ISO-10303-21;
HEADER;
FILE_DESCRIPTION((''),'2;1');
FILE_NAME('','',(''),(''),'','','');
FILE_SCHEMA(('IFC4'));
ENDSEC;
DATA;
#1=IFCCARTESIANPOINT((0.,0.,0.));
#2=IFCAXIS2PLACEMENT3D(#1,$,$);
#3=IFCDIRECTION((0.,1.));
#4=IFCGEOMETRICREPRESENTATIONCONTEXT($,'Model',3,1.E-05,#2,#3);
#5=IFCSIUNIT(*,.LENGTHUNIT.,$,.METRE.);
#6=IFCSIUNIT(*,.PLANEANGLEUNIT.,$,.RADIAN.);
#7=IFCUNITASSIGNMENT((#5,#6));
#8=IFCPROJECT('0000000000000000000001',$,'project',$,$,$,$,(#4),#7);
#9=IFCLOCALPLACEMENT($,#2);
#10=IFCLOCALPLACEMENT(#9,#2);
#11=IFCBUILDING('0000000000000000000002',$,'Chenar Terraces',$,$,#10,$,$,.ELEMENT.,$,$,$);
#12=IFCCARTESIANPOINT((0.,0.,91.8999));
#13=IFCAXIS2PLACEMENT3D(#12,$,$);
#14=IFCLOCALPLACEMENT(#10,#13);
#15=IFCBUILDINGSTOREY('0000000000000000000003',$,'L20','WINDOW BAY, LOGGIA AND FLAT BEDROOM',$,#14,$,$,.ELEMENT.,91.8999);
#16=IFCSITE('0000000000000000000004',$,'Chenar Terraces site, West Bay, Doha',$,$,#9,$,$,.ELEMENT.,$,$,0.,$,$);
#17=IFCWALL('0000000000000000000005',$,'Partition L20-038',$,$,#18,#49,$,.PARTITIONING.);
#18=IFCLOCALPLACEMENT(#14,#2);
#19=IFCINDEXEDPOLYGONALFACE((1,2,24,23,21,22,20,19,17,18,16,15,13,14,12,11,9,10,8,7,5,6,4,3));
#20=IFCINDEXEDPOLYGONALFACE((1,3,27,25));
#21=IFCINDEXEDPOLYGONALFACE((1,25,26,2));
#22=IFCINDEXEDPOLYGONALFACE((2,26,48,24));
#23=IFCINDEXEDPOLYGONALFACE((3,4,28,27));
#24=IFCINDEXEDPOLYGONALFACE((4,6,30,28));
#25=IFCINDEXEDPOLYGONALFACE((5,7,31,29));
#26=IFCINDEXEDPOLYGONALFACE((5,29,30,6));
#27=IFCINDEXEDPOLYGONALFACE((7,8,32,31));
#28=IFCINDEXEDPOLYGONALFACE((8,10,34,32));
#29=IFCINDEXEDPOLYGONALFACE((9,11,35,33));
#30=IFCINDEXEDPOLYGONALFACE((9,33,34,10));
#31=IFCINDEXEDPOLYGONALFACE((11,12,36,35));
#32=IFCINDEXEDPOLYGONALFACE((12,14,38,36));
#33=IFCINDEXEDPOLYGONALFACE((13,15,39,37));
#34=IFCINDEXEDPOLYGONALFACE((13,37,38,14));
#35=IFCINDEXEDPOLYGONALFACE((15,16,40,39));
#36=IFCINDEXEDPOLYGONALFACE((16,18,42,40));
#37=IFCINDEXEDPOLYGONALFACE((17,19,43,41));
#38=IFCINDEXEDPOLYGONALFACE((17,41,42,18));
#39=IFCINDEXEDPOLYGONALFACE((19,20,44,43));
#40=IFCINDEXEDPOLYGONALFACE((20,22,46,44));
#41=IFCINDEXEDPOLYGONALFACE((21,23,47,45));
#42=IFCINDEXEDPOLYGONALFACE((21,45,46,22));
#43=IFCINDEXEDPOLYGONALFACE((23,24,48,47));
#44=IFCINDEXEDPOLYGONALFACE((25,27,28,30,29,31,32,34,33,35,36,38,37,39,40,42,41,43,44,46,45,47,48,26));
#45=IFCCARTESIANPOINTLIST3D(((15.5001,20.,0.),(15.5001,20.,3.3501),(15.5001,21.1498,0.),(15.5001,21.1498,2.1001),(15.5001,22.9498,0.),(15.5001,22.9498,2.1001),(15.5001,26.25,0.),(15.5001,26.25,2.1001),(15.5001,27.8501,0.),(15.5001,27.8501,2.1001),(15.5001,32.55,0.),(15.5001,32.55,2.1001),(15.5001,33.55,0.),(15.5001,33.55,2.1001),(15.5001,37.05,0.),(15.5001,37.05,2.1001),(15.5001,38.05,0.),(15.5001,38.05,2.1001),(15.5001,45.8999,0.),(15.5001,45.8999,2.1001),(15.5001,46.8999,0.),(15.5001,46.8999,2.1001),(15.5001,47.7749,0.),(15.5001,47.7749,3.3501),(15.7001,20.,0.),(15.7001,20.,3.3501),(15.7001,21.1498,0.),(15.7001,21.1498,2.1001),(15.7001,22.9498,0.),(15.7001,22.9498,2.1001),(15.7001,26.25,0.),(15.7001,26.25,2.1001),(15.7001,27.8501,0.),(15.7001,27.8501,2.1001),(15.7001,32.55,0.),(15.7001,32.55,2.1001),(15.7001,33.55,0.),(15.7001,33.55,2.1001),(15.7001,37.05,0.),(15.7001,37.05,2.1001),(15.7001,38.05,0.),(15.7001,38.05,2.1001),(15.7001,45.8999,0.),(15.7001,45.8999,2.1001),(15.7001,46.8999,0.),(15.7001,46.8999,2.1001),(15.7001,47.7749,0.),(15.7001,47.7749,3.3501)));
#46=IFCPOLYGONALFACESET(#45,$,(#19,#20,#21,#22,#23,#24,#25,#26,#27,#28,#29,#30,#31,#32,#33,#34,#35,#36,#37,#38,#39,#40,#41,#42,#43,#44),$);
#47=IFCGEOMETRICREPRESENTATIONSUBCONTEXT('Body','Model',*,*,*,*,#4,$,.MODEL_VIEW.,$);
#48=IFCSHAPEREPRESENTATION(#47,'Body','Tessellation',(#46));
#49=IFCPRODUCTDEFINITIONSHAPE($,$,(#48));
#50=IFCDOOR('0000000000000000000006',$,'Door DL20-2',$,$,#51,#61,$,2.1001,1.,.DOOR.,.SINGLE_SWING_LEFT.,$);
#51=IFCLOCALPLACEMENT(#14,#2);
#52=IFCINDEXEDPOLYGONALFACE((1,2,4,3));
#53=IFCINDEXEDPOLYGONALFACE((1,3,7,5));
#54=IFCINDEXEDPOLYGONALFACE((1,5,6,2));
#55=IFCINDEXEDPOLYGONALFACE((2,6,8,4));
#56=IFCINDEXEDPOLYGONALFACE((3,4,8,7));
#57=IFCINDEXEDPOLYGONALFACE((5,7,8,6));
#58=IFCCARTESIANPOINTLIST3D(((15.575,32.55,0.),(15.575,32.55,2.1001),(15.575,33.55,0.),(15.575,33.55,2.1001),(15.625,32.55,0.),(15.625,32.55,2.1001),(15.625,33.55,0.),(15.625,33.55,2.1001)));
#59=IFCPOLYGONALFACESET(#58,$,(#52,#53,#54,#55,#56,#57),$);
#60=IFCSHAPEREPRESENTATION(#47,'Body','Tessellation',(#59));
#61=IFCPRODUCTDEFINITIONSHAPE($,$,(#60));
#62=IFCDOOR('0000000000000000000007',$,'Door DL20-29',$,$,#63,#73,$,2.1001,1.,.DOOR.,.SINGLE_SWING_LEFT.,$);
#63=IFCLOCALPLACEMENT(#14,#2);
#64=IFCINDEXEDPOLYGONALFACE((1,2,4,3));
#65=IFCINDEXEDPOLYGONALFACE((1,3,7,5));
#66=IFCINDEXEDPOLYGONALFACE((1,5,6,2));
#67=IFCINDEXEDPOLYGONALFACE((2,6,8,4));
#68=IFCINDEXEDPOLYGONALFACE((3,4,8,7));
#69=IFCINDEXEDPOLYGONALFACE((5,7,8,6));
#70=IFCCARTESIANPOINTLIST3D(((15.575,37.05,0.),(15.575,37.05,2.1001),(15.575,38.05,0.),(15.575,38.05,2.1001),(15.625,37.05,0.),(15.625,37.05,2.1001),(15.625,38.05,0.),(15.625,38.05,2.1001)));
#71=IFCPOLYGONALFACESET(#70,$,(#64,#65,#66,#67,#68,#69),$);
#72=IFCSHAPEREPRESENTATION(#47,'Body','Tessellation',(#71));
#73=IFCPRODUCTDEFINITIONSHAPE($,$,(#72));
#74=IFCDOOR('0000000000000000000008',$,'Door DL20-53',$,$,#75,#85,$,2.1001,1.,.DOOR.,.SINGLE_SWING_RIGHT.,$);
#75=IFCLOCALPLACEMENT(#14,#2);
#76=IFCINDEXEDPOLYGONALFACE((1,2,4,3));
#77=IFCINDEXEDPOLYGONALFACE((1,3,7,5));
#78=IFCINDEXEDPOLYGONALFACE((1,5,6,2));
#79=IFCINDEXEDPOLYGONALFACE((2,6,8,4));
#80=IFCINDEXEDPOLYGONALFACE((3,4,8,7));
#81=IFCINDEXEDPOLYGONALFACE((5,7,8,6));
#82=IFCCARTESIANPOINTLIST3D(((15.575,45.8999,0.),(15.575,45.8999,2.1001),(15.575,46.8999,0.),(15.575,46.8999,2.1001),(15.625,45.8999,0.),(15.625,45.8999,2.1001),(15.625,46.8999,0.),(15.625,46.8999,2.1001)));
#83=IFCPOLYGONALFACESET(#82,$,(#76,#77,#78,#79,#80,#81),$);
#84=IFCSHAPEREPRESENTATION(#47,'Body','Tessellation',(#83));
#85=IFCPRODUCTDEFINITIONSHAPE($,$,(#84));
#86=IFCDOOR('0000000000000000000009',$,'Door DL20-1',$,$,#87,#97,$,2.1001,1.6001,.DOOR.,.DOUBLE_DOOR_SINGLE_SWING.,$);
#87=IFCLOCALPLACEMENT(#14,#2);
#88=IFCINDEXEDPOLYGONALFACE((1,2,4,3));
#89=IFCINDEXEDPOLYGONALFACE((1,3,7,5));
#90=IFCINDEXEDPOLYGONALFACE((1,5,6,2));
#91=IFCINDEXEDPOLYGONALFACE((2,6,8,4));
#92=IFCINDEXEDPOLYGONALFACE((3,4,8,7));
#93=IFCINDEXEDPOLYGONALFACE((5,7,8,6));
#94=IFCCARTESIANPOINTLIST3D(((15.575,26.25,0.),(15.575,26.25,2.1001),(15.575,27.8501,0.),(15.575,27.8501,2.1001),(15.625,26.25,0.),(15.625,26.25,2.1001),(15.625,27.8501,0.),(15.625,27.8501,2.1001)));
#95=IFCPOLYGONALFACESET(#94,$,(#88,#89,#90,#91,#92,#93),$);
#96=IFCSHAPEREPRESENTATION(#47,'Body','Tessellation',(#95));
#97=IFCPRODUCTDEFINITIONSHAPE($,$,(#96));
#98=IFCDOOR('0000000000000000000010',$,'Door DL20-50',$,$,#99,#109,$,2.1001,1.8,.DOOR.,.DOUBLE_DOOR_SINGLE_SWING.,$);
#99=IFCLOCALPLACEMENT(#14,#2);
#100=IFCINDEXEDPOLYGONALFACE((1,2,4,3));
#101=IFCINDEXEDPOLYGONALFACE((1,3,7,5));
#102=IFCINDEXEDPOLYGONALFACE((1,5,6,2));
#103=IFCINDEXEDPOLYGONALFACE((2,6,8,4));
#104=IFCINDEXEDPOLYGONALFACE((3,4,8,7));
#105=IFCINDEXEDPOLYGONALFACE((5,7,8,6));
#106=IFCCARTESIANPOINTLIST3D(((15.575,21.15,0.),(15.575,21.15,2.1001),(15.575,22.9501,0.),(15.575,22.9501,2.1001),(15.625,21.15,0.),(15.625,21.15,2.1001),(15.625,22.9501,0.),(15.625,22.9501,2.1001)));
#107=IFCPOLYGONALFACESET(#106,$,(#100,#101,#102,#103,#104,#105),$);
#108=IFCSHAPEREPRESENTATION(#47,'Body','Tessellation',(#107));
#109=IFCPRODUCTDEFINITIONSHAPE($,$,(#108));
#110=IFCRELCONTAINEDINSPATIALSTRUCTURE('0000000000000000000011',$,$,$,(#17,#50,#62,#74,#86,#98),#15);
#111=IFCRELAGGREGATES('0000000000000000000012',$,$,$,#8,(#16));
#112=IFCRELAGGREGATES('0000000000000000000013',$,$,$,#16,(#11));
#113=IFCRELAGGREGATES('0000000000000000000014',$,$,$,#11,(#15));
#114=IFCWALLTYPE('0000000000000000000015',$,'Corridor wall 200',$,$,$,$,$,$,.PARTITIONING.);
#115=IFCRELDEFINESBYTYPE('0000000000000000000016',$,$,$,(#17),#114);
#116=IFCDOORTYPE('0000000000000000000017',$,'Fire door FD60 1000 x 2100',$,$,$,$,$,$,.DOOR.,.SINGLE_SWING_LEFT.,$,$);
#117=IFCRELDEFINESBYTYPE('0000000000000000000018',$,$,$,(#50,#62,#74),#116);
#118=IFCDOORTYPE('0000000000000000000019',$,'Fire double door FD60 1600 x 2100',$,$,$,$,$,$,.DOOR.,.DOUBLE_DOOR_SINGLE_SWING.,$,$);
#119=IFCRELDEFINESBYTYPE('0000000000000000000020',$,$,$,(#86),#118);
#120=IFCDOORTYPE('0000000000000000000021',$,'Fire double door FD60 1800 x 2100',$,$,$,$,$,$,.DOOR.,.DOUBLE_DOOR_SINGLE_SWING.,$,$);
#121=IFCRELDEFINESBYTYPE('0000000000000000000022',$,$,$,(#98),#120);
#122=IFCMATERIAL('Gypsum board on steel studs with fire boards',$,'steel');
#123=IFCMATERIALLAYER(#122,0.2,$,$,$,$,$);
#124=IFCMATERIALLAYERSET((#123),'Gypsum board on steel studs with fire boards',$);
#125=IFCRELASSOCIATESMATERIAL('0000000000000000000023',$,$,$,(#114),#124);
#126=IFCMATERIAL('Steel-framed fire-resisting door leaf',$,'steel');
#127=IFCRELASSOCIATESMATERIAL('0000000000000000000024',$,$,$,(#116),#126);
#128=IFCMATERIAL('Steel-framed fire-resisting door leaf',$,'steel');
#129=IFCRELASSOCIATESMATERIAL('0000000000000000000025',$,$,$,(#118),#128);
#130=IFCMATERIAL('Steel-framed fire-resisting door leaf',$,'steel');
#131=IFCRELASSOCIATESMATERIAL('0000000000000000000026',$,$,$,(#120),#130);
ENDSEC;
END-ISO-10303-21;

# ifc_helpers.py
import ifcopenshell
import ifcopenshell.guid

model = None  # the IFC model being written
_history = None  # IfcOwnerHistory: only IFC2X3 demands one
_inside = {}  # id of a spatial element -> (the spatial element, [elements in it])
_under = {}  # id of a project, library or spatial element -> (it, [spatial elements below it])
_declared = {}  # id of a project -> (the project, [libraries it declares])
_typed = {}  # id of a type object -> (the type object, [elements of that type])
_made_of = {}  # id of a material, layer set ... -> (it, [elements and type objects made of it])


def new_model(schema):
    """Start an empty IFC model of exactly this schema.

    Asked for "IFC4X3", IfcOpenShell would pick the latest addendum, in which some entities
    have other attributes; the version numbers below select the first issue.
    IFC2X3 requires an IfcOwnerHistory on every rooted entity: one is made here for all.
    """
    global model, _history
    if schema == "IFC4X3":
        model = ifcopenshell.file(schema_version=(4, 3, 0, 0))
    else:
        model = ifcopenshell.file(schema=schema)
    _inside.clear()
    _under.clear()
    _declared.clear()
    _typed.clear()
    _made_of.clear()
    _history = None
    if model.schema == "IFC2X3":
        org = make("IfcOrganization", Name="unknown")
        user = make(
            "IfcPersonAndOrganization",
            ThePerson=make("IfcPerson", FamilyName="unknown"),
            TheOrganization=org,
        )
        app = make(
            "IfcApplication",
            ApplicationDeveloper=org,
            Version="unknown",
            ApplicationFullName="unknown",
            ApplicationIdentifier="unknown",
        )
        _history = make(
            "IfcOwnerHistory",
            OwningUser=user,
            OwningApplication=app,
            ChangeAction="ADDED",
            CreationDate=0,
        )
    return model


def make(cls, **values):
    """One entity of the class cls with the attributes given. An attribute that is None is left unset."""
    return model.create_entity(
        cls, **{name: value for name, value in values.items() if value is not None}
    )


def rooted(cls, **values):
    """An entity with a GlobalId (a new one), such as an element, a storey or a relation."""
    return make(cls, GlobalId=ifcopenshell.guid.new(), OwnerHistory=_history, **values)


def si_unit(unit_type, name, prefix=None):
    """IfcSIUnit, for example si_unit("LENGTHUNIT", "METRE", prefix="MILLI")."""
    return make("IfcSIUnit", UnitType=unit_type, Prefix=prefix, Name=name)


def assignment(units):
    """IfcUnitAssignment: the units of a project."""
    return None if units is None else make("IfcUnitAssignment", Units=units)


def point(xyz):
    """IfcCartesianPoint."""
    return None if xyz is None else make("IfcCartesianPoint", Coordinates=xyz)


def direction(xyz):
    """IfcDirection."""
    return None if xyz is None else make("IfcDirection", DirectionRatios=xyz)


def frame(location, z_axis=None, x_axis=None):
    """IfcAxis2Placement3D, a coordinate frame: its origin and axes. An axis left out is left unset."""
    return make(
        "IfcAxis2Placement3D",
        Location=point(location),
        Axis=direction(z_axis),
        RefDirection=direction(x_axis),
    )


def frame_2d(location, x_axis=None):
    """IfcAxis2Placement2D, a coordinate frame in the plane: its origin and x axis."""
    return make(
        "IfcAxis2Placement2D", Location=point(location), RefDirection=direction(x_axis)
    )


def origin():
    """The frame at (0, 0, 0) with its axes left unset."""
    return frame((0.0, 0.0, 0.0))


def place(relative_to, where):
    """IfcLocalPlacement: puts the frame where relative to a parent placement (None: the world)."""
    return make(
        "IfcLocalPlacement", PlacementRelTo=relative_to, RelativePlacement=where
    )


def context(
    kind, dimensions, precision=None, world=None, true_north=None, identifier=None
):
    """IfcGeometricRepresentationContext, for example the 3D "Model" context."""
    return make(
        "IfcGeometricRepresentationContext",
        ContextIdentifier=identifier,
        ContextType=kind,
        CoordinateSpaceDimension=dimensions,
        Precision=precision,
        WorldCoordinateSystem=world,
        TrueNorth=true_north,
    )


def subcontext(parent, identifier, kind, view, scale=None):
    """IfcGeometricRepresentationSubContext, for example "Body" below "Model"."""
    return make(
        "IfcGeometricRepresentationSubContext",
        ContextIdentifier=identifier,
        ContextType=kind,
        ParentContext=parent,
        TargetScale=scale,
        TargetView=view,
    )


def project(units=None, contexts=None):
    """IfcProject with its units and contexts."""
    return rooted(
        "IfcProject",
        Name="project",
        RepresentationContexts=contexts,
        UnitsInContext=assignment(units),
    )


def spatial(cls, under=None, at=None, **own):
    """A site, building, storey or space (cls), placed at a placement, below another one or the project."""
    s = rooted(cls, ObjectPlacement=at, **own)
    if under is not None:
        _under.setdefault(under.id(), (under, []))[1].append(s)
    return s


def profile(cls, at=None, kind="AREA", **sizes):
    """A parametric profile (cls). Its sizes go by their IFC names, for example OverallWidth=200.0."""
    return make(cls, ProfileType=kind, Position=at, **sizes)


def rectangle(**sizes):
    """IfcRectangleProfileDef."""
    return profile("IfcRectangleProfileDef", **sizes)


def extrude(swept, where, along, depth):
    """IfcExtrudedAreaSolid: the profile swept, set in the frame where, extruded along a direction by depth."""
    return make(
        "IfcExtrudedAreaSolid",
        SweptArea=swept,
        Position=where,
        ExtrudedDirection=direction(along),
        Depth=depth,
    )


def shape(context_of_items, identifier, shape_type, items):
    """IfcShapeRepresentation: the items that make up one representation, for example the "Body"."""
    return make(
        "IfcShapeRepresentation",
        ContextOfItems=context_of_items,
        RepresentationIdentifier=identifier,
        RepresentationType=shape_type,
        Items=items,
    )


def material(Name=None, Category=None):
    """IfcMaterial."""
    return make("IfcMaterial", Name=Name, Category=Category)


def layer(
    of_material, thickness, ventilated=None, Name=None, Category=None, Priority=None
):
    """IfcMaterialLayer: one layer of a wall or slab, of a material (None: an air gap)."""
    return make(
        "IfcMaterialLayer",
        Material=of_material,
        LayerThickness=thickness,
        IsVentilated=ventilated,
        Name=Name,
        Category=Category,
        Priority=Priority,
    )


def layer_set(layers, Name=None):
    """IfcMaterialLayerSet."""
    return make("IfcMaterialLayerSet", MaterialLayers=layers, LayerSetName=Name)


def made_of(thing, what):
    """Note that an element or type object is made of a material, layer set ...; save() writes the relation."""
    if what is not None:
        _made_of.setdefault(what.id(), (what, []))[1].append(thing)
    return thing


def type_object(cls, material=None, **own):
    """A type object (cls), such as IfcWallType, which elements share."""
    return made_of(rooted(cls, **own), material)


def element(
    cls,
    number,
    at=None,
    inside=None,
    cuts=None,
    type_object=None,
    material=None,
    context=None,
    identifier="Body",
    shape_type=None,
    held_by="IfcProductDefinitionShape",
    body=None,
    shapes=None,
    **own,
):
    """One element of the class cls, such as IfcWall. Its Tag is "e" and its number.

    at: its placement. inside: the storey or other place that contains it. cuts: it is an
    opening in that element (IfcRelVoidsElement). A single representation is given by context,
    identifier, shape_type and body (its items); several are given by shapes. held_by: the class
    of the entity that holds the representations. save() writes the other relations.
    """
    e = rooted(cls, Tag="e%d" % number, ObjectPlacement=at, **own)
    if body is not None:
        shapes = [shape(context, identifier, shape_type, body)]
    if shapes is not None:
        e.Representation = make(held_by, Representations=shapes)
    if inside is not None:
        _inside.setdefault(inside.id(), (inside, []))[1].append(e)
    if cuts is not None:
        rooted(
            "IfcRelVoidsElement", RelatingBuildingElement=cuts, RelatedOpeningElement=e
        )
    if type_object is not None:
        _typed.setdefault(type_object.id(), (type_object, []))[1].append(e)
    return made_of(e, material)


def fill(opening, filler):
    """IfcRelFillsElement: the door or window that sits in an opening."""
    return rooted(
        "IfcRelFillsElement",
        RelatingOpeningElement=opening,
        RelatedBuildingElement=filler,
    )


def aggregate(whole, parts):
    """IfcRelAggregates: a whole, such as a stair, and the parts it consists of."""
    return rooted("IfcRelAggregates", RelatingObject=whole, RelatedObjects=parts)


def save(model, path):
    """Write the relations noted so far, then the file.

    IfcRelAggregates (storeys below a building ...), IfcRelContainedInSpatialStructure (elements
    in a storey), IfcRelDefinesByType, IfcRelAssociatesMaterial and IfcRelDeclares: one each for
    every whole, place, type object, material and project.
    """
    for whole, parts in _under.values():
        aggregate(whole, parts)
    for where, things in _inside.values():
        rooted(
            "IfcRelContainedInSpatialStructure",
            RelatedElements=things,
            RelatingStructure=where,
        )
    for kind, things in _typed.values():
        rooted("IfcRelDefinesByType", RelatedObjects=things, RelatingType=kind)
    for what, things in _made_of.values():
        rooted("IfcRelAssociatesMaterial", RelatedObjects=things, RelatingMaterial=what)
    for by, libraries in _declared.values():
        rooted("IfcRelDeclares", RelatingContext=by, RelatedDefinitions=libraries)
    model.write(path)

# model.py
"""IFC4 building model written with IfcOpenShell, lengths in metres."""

from ifc_helpers import new_model, si_unit, direction, frame, frame_2d, origin, place, context, subcontext, project, spatial, rectangle, extrude, material, layer, layer_set, type_object, element, fill, save


model = new_model("IFC4")

# Units and contexts
model_context = context("Model", 3, precision=1e-05, world=origin(), true_north=direction((0.0, 1.0)))
body_context = subcontext(model_context, "Body", "Model", "MODEL_VIEW")
ifc_project = project(units=[si_unit("LENGTHUNIT", "METRE"), si_unit("PLANEANGLEUNIT", "RADIAN")], contexts=[model_context])

# Site, building, storey
site_placement = place(None, origin())
site = spatial("IfcSite", under=ifc_project, at=site_placement, Name="Chenar Terraces site, West Bay, Doha", CompositionType="ELEMENT", RefElevation=0.0)
building_placement = place(site_placement, origin())
building = spatial("IfcBuilding", under=site, at=building_placement, Name="Chenar Terraces", CompositionType="ELEMENT")
storey_placement = place(building_placement, frame((0.0, 0.0, 91.8999)))
storey = spatial("IfcBuildingStorey", under=building, at=storey_placement, Name="L20", Description="WINDOW BAY, LOGGIA AND FLAT BEDROOM", CompositionType="ELEMENT", Elevation=91.8999)

# Wall, openings, doors
ifc_material_1 = material(Name="Gypsum board on steel studs with fire boards", Category="steel")
ifc_layer_1 = layer(ifc_material_1, 0.2)
ifc_layer_set_1 = layer_set([ifc_layer_1], Name="Gypsum board on steel studs with fire boards")
wall_type_1 = type_object("IfcWallType", Name="Corridor wall 200", PredefinedType="PARTITIONING", material=ifc_layer_set_1)
wall_1_placement = place(storey_placement, frame((15.6001, 20.0, 0.0), z_axis=(0.0, 0.0, 1.0), x_axis=(0.0, 1.0, 0.0)))
wall_1 = element("IfcWall", 1, at=wall_1_placement, inside=storey, type_object=wall_type_1, Name="Partition L20-038", PredefinedType="PARTITIONING", context=body_context, shape_type="SweptSolid", body=[
    extrude(rectangle(XDim=27.7749, YDim=0.2, at=frame_2d((13.8875, 0.0))), origin(), (0.0, 0.0, 1.0), 3.3501),
])
opening_1_placement = place(wall_1_placement, frame((6.25, 0.0, 0.0)))
opening_1 = element("IfcOpeningElement", 2, at=opening_1_placement, cuts=wall_1, PredefinedType="OPENING", context=body_context, shape_type="SweptSolid", body=[
    extrude(rectangle(XDim=1.6001, YDim=2.1001, at=frame_2d((0.8, 1.05))), frame((0.0, 0.1099, 0.0), z_axis=(0.0, -1.0, 0.0), x_axis=(1.0, 0.0, 0.0)), (0.0, 0.0, 1.0), 0.22),
])
opening_2_placement = place(wall_1_placement, frame((12.55, 0.0, 0.0)))
opening_2 = element("IfcOpeningElement", 3, at=opening_2_placement, cuts=wall_1, PredefinedType="OPENING", context=body_context, shape_type="SweptSolid", body=[
    extrude(rectangle(XDim=1.0, YDim=2.1001, at=frame_2d((0.5, 1.05))), frame((0.0, 0.1099, 0.0), z_axis=(0.0, -1.0, 0.0), x_axis=(1.0, 0.0, 0.0)), (0.0, 0.0, 1.0), 0.22),
])
opening_3_placement = place(wall_1_placement, frame((17.05, 0.0, 0.0)))
opening_3 = element("IfcOpeningElement", 4, at=opening_3_placement, cuts=wall_1, PredefinedType="OPENING", context=body_context, shape_type="SweptSolid", body=[
    extrude(rectangle(XDim=1.0, YDim=2.1001, at=frame_2d((0.5, 1.05))), frame((0.0, 0.1099, 0.0), z_axis=(0.0, -1.0, 0.0), x_axis=(1.0, 0.0, 0.0)), (0.0, 0.0, 1.0), 0.22),
])
opening_4_placement = place(wall_1_placement, frame((1.1499, 0.0, 0.0)))
opening_4 = element("IfcOpeningElement", 5, at=opening_4_placement, cuts=wall_1, PredefinedType="OPENING", context=body_context, shape_type="SweptSolid", body=[
    extrude(rectangle(XDim=1.8, YDim=2.1001, at=frame_2d((0.8999, 1.05))), frame((0.0, 0.1099, 0.0), z_axis=(0.0, -1.0, 0.0), x_axis=(1.0, 0.0, 0.0)), (0.0, 0.0, 1.0), 0.22),
])
opening_5_placement = place(wall_1_placement, frame((25.8999, 0.0, 0.0)))
opening_5 = element("IfcOpeningElement", 6, at=opening_5_placement, cuts=wall_1, PredefinedType="OPENING", context=body_context, shape_type="SweptSolid", body=[
    extrude(rectangle(XDim=1.0, YDim=2.1001, at=frame_2d((0.5, 1.05))), frame((0.0, 0.1099, 0.0), z_axis=(0.0, -1.0, 0.0), x_axis=(1.0, 0.0, 0.0)), (0.0, 0.0, 1.0), 0.22),
])
ifc_material_2 = material(Name="Steel-framed fire-resisting door leaf", Category="steel")
door_type_1 = type_object("IfcDoorType", Name="Fire door FD60 1000 x 2100", OperationType="SINGLE_SWING_LEFT", PredefinedType="DOOR", material=ifc_material_2)
door_1_placement = place(opening_2_placement, frame((1.0, 0.0, 0.0), z_axis=(0.0, 0.0, 1.0), x_axis=(-1.0, 0.0, 0.0)))
door_1 = element("IfcDoor", 7, at=door_1_placement, inside=storey, type_object=door_type_1, Name="Door DL20-2", OperationType="SINGLE_SWING_LEFT", OverallHeight=2.1001, OverallWidth=1.0, PredefinedType="DOOR", context=body_context, shape_type="SweptSolid", body=[
    extrude(rectangle(XDim=1.0, YDim=2.1001, at=frame_2d((0.5, 1.05))), frame((0.0, 0.0249, 0.0), z_axis=(0.0, -1.0, 0.0), x_axis=(1.0, 0.0, 0.0)), (0.0, 0.0, 1.0), 0.05),
])
fill(opening_2, door_1)
door_2_placement = place(opening_3_placement, frame((1.0, 0.0, 0.0), z_axis=(0.0, 0.0, 1.0), x_axis=(-1.0, 0.0, 0.0)))
door_2 = element("IfcDoor", 8, at=door_2_placement, inside=storey, type_object=door_type_1, Name="Door DL20-29", OperationType="SINGLE_SWING_LEFT", OverallHeight=2.1001, OverallWidth=1.0, PredefinedType="DOOR", context=body_context, shape_type="SweptSolid", body=[
    extrude(rectangle(XDim=1.0, YDim=2.1001, at=frame_2d((0.5, 1.05))), frame((0.0, 0.0249, 0.0), z_axis=(0.0, -1.0, 0.0), x_axis=(1.0, 0.0, 0.0)), (0.0, 0.0, 1.0), 0.05),
])
fill(opening_3, door_2)
door_3_placement = place(opening_5_placement, frame((1.0, 0.0, 0.0), z_axis=(0.0, 0.0, 1.0), x_axis=(-1.0, 0.0, 0.0)))
door_3 = element("IfcDoor", 9, at=door_3_placement, inside=storey, type_object=door_type_1, Name="Door DL20-53", OperationType="SINGLE_SWING_RIGHT", OverallHeight=2.1001, OverallWidth=1.0, PredefinedType="DOOR", context=body_context, shape_type="SweptSolid", body=[
    extrude(rectangle(XDim=1.0, YDim=2.1001, at=frame_2d((0.5, 1.05))), frame((0.0, 0.0249, 0.0), z_axis=(0.0, -1.0, 0.0), x_axis=(1.0, 0.0, 0.0)), (0.0, 0.0, 1.0), 0.05),
])
fill(opening_5, door_3)
ifc_material_3 = material(Name="Steel-framed fire-resisting door leaf", Category="steel")
door_type_2 = type_object("IfcDoorType", Name="Fire double door FD60 1600 x 2100", OperationType="DOUBLE_DOOR_SINGLE_SWING", PredefinedType="DOOR", material=ifc_material_3)
door_4_placement = place(opening_1_placement, frame((1.6001, 0.0, 0.0), z_axis=(0.0, 0.0, 1.0), x_axis=(-1.0, 0.0, 0.0)))
door_4 = element("IfcDoor", 10, at=door_4_placement, inside=storey, type_object=door_type_2, Name="Door DL20-1", OperationType="DOUBLE_DOOR_SINGLE_SWING", OverallHeight=2.1001, OverallWidth=1.6001, PredefinedType="DOOR", context=body_context, shape_type="SweptSolid", body=[
    extrude(rectangle(XDim=1.6001, YDim=2.1001, at=frame_2d((0.8, 1.05))), frame((0.0, 0.0249, 0.0), z_axis=(0.0, -1.0, 0.0), x_axis=(1.0, 0.0, 0.0)), (0.0, 0.0, 1.0), 0.05),
])
fill(opening_1, door_4)
ifc_material_4 = material(Name="Steel-framed fire-resisting door leaf", Category="steel")
door_type_3 = type_object("IfcDoorType", Name="Fire double door FD60 1800 x 2100", OperationType="DOUBLE_DOOR_SINGLE_SWING", PredefinedType="DOOR", material=ifc_material_4)
door_5_placement = place(opening_4_placement, frame((1.8, 0.0, 0.0), z_axis=(0.0, 0.0, 1.0), x_axis=(-1.0, 0.0, 0.0)))
door_5 = element("IfcDoor", 11, at=door_5_placement, inside=storey, type_object=door_type_3, Name="Door DL20-50", OperationType="DOUBLE_DOOR_SINGLE_SWING", OverallHeight=2.1001, OverallWidth=1.8, PredefinedType="DOOR", context=body_context, shape_type="SweptSolid", body=[
    extrude(rectangle(XDim=1.8, YDim=2.1001, at=frame_2d((0.8999, 1.05))), frame((0.0, 0.0249, 0.0), z_axis=(0.0, -1.0, 0.0), x_axis=(1.0, 0.0, 0.0)), (0.0, 0.0, 1.0), 0.05),
])
fill(opening_4, door_5)

save(model, "model.ifc")
